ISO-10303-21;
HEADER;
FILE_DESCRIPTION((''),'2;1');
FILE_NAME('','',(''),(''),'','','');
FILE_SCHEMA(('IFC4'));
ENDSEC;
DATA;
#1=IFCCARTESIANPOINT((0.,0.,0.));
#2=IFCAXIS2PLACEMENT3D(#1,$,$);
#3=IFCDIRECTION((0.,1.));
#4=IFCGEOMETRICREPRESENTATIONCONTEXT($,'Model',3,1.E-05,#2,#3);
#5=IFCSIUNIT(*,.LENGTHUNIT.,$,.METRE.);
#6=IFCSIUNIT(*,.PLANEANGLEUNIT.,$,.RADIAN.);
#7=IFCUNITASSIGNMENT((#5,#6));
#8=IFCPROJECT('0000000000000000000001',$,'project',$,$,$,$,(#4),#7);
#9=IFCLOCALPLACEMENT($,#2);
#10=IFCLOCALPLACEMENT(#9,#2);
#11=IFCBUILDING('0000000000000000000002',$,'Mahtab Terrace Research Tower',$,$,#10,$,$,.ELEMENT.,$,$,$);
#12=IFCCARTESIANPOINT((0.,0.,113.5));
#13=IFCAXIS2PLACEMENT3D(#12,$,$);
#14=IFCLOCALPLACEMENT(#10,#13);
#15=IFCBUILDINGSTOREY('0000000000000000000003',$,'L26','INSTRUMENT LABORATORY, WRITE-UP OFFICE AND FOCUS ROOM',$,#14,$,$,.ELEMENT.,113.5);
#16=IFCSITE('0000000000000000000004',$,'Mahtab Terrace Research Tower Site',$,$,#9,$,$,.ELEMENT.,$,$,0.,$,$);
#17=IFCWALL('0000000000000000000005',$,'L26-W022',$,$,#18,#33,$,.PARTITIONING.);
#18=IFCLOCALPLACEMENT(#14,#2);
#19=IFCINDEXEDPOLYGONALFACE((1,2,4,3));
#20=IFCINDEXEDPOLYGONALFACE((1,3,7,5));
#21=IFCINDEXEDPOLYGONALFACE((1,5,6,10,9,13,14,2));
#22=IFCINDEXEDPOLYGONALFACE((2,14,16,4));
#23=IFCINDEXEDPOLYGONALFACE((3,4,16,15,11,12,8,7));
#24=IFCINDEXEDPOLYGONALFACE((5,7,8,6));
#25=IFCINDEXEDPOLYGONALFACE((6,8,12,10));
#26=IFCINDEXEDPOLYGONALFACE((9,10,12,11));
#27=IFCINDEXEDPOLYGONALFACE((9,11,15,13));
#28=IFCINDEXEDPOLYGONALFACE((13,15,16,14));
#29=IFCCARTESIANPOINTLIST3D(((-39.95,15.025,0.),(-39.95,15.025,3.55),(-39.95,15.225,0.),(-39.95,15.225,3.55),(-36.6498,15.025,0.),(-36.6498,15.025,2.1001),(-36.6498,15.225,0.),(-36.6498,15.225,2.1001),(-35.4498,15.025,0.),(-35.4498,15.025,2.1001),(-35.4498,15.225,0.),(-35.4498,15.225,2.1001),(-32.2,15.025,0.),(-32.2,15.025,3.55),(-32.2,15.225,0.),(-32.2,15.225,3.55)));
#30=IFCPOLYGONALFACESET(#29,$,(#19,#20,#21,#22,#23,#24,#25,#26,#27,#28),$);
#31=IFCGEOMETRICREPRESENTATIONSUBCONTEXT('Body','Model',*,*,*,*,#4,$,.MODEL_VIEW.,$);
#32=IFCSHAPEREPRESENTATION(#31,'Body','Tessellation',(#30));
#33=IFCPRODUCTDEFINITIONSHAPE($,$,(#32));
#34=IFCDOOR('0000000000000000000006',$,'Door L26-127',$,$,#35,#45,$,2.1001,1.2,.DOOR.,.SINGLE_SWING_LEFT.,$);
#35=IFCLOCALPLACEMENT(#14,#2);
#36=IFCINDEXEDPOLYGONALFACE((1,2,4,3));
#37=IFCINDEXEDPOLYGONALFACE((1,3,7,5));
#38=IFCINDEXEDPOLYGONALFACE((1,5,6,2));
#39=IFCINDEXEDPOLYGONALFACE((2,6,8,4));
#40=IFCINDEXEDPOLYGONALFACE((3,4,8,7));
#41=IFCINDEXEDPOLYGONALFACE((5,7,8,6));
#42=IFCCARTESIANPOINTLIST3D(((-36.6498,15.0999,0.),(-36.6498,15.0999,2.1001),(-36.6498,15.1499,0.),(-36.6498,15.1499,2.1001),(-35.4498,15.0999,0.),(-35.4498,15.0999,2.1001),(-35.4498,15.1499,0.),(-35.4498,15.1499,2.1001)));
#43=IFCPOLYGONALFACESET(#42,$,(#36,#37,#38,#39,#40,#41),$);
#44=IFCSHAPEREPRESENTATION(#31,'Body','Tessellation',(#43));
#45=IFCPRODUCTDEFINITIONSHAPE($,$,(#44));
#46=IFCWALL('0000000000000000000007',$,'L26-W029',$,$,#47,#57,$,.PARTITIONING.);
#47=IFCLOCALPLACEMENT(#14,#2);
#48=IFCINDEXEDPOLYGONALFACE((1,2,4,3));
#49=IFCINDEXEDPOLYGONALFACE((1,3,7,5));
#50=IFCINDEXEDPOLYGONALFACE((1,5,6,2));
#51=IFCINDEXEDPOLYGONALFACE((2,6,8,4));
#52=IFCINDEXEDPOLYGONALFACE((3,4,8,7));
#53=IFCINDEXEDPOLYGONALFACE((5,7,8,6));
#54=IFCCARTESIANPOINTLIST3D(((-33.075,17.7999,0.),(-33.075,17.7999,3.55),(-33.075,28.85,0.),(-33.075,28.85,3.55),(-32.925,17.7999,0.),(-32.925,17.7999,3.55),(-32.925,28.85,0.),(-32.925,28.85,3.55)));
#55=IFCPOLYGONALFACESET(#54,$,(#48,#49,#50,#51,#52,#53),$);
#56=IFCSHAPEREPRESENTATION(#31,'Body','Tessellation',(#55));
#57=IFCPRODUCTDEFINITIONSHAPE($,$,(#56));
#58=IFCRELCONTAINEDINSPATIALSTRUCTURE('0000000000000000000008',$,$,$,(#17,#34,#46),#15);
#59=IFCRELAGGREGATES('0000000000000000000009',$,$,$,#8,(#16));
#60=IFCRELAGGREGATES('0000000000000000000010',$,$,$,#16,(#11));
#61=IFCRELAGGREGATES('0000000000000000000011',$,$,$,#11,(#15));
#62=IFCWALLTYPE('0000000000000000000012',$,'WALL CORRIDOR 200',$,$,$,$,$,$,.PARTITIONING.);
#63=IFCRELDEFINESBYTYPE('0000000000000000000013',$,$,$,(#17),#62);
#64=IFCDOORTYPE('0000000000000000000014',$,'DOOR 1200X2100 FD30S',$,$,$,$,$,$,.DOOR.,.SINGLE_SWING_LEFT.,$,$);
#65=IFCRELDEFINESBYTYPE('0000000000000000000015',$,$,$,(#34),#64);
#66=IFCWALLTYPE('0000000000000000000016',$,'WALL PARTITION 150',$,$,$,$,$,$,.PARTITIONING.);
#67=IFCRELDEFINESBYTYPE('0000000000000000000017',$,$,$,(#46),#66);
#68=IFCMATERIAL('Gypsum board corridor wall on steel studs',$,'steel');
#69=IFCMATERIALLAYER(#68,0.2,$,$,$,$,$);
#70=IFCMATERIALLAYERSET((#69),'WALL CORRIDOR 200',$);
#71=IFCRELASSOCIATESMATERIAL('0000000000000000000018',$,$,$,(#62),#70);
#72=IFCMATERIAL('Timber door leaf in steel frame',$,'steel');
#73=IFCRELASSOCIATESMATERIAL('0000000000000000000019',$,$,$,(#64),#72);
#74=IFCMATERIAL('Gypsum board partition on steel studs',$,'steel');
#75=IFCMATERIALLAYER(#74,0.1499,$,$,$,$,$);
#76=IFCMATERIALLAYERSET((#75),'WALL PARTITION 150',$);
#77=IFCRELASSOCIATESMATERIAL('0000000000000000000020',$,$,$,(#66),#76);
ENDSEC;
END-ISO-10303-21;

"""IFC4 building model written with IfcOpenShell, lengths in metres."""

from ifc_helpers import new_model, si_unit, direction, frame, frame_2d, origin, place, context, subcontext, project, spatial, rectangle, extrude, material, layer, layer_set, type_object, element, fill, save


model = new_model("IFC4")

# Units and contexts
model_context = context("Model", 3, precision=1e-05, world=origin(), true_north=direction((0.0, 1.0)))
body_context = subcontext(model_context, "Body", "Model", "MODEL_VIEW")
ifc_project = project(units=[si_unit("LENGTHUNIT", "METRE"), si_unit("PLANEANGLEUNIT", "RADIAN")], contexts=[model_context])

# Site, building, storey
site_placement = place(None, origin())
site = spatial("IfcSite", under=ifc_project, at=site_placement, Name="Mahtab Terrace Research Tower Site", CompositionType="ELEMENT", RefElevation=0.0)
building_placement = place(site_placement, origin())
building = spatial("IfcBuilding", under=site, at=building_placement, Name="Mahtab Terrace Research Tower", CompositionType="ELEMENT")
storey_placement = place(building_placement, frame((0.0, 0.0, 113.5)))
storey = spatial("IfcBuildingStorey", under=building, at=storey_placement, Name="L26", Description="INSTRUMENT LABORATORY, WRITE-UP OFFICE AND FOCUS ROOM", CompositionType="ELEMENT", Elevation=113.5)

# Wall, opening, door
ifc_material_1 = material(Name="Gypsum board corridor wall on steel studs", Category="steel")
ifc_layer_1 = layer(ifc_material_1, 0.2)
ifc_layer_set_1 = layer_set([ifc_layer_1], Name="WALL CORRIDOR 200")
wall_type_1 = type_object("IfcWallType", Name="WALL CORRIDOR 200", PredefinedType="PARTITIONING", material=ifc_layer_set_1)
wall_1_placement = place(storey_placement, frame((-39.95, 15.125, 0.0), z_axis=(0.0, 0.0, 1.0), x_axis=(1.0, 0.0, 0.0)))
wall_1 = element("IfcWall", 1, at=wall_1_placement, inside=storey, type_object=wall_type_1, Name="L26-W022", PredefinedType="PARTITIONING", context=body_context, shape_type="SweptSolid", body=[
    extrude(rectangle(XDim=7.75, YDim=0.2, at=frame_2d((3.875, 0.0))), origin(), (0.0, 0.0, 1.0), 3.55),
])
opening_1_placement = place(wall_1_placement, frame((3.3, 0.0, 0.0)))
opening_1 = element("IfcOpeningElement", 2, at=opening_1_placement, cuts=wall_1, PredefinedType="OPENING", context=body_context, shape_type="SweptSolid", body=[
    extrude(rectangle(XDim=1.2, YDim=2.1001, at=frame_2d((0.6001, 1.05))), frame((0.0, 0.1099, 0.0), z_axis=(0.0, -1.0, 0.0), x_axis=(1.0, 0.0, 0.0)), (0.0, 0.0, 1.0), 0.22),
])
ifc_material_2 = material(Name="Timber door leaf in steel frame", Category="steel")
door_type_1 = type_object("IfcDoorType", Name="DOOR 1200X2100 FD30S", OperationType="SINGLE_SWING_LEFT", PredefinedType="DOOR", material=ifc_material_2)
door_1_placement = place(opening_1_placement, origin())
door_1 = element("IfcDoor", 3, at=door_1_placement, inside=storey, type_object=door_type_1, Name="Door L26-127", OperationType="SINGLE_SWING_LEFT", OverallHeight=2.1001, OverallWidth=1.2, PredefinedType="DOOR", context=body_context, shape_type="SweptSolid", body=[
    extrude(rectangle(XDim=1.2, YDim=2.1001, at=frame_2d((0.6001, 1.05))), frame((0.0, 0.0249, 0.0), z_axis=(0.0, -1.0, 0.0), x_axis=(1.0, 0.0, 0.0)), (0.0, 0.0, 1.0), 0.05),
])
fill(opening_1, door_1)

# Wall
ifc_material_3 = material(Name="Gypsum board partition on steel studs", Category="steel")
ifc_layer_2 = layer(ifc_material_3, 0.1499)
ifc_layer_set_2 = layer_set([ifc_layer_2], Name="WALL PARTITION 150")
wall_type_2 = type_object("IfcWallType", Name="WALL PARTITION 150", PredefinedType="PARTITIONING", material=ifc_layer_set_2)
wall_2_placement = place(storey_placement, frame((-33.0, 17.8, 0.0), z_axis=(0.0, 0.0, 1.0), x_axis=(0.0, 1.0, 0.0)))
element("IfcWall", 4, at=wall_2_placement, inside=storey, type_object=wall_type_2, Name="L26-W029", PredefinedType="PARTITIONING", context=body_context, shape_type="SweptSolid", body=[
    extrude(rectangle(XDim=11.05, YDim=0.1499, at=frame_2d((5.5249, 0.0))), origin(), (0.0, 0.0, 1.0), 3.55),
])

save(model, "model.ifc")
